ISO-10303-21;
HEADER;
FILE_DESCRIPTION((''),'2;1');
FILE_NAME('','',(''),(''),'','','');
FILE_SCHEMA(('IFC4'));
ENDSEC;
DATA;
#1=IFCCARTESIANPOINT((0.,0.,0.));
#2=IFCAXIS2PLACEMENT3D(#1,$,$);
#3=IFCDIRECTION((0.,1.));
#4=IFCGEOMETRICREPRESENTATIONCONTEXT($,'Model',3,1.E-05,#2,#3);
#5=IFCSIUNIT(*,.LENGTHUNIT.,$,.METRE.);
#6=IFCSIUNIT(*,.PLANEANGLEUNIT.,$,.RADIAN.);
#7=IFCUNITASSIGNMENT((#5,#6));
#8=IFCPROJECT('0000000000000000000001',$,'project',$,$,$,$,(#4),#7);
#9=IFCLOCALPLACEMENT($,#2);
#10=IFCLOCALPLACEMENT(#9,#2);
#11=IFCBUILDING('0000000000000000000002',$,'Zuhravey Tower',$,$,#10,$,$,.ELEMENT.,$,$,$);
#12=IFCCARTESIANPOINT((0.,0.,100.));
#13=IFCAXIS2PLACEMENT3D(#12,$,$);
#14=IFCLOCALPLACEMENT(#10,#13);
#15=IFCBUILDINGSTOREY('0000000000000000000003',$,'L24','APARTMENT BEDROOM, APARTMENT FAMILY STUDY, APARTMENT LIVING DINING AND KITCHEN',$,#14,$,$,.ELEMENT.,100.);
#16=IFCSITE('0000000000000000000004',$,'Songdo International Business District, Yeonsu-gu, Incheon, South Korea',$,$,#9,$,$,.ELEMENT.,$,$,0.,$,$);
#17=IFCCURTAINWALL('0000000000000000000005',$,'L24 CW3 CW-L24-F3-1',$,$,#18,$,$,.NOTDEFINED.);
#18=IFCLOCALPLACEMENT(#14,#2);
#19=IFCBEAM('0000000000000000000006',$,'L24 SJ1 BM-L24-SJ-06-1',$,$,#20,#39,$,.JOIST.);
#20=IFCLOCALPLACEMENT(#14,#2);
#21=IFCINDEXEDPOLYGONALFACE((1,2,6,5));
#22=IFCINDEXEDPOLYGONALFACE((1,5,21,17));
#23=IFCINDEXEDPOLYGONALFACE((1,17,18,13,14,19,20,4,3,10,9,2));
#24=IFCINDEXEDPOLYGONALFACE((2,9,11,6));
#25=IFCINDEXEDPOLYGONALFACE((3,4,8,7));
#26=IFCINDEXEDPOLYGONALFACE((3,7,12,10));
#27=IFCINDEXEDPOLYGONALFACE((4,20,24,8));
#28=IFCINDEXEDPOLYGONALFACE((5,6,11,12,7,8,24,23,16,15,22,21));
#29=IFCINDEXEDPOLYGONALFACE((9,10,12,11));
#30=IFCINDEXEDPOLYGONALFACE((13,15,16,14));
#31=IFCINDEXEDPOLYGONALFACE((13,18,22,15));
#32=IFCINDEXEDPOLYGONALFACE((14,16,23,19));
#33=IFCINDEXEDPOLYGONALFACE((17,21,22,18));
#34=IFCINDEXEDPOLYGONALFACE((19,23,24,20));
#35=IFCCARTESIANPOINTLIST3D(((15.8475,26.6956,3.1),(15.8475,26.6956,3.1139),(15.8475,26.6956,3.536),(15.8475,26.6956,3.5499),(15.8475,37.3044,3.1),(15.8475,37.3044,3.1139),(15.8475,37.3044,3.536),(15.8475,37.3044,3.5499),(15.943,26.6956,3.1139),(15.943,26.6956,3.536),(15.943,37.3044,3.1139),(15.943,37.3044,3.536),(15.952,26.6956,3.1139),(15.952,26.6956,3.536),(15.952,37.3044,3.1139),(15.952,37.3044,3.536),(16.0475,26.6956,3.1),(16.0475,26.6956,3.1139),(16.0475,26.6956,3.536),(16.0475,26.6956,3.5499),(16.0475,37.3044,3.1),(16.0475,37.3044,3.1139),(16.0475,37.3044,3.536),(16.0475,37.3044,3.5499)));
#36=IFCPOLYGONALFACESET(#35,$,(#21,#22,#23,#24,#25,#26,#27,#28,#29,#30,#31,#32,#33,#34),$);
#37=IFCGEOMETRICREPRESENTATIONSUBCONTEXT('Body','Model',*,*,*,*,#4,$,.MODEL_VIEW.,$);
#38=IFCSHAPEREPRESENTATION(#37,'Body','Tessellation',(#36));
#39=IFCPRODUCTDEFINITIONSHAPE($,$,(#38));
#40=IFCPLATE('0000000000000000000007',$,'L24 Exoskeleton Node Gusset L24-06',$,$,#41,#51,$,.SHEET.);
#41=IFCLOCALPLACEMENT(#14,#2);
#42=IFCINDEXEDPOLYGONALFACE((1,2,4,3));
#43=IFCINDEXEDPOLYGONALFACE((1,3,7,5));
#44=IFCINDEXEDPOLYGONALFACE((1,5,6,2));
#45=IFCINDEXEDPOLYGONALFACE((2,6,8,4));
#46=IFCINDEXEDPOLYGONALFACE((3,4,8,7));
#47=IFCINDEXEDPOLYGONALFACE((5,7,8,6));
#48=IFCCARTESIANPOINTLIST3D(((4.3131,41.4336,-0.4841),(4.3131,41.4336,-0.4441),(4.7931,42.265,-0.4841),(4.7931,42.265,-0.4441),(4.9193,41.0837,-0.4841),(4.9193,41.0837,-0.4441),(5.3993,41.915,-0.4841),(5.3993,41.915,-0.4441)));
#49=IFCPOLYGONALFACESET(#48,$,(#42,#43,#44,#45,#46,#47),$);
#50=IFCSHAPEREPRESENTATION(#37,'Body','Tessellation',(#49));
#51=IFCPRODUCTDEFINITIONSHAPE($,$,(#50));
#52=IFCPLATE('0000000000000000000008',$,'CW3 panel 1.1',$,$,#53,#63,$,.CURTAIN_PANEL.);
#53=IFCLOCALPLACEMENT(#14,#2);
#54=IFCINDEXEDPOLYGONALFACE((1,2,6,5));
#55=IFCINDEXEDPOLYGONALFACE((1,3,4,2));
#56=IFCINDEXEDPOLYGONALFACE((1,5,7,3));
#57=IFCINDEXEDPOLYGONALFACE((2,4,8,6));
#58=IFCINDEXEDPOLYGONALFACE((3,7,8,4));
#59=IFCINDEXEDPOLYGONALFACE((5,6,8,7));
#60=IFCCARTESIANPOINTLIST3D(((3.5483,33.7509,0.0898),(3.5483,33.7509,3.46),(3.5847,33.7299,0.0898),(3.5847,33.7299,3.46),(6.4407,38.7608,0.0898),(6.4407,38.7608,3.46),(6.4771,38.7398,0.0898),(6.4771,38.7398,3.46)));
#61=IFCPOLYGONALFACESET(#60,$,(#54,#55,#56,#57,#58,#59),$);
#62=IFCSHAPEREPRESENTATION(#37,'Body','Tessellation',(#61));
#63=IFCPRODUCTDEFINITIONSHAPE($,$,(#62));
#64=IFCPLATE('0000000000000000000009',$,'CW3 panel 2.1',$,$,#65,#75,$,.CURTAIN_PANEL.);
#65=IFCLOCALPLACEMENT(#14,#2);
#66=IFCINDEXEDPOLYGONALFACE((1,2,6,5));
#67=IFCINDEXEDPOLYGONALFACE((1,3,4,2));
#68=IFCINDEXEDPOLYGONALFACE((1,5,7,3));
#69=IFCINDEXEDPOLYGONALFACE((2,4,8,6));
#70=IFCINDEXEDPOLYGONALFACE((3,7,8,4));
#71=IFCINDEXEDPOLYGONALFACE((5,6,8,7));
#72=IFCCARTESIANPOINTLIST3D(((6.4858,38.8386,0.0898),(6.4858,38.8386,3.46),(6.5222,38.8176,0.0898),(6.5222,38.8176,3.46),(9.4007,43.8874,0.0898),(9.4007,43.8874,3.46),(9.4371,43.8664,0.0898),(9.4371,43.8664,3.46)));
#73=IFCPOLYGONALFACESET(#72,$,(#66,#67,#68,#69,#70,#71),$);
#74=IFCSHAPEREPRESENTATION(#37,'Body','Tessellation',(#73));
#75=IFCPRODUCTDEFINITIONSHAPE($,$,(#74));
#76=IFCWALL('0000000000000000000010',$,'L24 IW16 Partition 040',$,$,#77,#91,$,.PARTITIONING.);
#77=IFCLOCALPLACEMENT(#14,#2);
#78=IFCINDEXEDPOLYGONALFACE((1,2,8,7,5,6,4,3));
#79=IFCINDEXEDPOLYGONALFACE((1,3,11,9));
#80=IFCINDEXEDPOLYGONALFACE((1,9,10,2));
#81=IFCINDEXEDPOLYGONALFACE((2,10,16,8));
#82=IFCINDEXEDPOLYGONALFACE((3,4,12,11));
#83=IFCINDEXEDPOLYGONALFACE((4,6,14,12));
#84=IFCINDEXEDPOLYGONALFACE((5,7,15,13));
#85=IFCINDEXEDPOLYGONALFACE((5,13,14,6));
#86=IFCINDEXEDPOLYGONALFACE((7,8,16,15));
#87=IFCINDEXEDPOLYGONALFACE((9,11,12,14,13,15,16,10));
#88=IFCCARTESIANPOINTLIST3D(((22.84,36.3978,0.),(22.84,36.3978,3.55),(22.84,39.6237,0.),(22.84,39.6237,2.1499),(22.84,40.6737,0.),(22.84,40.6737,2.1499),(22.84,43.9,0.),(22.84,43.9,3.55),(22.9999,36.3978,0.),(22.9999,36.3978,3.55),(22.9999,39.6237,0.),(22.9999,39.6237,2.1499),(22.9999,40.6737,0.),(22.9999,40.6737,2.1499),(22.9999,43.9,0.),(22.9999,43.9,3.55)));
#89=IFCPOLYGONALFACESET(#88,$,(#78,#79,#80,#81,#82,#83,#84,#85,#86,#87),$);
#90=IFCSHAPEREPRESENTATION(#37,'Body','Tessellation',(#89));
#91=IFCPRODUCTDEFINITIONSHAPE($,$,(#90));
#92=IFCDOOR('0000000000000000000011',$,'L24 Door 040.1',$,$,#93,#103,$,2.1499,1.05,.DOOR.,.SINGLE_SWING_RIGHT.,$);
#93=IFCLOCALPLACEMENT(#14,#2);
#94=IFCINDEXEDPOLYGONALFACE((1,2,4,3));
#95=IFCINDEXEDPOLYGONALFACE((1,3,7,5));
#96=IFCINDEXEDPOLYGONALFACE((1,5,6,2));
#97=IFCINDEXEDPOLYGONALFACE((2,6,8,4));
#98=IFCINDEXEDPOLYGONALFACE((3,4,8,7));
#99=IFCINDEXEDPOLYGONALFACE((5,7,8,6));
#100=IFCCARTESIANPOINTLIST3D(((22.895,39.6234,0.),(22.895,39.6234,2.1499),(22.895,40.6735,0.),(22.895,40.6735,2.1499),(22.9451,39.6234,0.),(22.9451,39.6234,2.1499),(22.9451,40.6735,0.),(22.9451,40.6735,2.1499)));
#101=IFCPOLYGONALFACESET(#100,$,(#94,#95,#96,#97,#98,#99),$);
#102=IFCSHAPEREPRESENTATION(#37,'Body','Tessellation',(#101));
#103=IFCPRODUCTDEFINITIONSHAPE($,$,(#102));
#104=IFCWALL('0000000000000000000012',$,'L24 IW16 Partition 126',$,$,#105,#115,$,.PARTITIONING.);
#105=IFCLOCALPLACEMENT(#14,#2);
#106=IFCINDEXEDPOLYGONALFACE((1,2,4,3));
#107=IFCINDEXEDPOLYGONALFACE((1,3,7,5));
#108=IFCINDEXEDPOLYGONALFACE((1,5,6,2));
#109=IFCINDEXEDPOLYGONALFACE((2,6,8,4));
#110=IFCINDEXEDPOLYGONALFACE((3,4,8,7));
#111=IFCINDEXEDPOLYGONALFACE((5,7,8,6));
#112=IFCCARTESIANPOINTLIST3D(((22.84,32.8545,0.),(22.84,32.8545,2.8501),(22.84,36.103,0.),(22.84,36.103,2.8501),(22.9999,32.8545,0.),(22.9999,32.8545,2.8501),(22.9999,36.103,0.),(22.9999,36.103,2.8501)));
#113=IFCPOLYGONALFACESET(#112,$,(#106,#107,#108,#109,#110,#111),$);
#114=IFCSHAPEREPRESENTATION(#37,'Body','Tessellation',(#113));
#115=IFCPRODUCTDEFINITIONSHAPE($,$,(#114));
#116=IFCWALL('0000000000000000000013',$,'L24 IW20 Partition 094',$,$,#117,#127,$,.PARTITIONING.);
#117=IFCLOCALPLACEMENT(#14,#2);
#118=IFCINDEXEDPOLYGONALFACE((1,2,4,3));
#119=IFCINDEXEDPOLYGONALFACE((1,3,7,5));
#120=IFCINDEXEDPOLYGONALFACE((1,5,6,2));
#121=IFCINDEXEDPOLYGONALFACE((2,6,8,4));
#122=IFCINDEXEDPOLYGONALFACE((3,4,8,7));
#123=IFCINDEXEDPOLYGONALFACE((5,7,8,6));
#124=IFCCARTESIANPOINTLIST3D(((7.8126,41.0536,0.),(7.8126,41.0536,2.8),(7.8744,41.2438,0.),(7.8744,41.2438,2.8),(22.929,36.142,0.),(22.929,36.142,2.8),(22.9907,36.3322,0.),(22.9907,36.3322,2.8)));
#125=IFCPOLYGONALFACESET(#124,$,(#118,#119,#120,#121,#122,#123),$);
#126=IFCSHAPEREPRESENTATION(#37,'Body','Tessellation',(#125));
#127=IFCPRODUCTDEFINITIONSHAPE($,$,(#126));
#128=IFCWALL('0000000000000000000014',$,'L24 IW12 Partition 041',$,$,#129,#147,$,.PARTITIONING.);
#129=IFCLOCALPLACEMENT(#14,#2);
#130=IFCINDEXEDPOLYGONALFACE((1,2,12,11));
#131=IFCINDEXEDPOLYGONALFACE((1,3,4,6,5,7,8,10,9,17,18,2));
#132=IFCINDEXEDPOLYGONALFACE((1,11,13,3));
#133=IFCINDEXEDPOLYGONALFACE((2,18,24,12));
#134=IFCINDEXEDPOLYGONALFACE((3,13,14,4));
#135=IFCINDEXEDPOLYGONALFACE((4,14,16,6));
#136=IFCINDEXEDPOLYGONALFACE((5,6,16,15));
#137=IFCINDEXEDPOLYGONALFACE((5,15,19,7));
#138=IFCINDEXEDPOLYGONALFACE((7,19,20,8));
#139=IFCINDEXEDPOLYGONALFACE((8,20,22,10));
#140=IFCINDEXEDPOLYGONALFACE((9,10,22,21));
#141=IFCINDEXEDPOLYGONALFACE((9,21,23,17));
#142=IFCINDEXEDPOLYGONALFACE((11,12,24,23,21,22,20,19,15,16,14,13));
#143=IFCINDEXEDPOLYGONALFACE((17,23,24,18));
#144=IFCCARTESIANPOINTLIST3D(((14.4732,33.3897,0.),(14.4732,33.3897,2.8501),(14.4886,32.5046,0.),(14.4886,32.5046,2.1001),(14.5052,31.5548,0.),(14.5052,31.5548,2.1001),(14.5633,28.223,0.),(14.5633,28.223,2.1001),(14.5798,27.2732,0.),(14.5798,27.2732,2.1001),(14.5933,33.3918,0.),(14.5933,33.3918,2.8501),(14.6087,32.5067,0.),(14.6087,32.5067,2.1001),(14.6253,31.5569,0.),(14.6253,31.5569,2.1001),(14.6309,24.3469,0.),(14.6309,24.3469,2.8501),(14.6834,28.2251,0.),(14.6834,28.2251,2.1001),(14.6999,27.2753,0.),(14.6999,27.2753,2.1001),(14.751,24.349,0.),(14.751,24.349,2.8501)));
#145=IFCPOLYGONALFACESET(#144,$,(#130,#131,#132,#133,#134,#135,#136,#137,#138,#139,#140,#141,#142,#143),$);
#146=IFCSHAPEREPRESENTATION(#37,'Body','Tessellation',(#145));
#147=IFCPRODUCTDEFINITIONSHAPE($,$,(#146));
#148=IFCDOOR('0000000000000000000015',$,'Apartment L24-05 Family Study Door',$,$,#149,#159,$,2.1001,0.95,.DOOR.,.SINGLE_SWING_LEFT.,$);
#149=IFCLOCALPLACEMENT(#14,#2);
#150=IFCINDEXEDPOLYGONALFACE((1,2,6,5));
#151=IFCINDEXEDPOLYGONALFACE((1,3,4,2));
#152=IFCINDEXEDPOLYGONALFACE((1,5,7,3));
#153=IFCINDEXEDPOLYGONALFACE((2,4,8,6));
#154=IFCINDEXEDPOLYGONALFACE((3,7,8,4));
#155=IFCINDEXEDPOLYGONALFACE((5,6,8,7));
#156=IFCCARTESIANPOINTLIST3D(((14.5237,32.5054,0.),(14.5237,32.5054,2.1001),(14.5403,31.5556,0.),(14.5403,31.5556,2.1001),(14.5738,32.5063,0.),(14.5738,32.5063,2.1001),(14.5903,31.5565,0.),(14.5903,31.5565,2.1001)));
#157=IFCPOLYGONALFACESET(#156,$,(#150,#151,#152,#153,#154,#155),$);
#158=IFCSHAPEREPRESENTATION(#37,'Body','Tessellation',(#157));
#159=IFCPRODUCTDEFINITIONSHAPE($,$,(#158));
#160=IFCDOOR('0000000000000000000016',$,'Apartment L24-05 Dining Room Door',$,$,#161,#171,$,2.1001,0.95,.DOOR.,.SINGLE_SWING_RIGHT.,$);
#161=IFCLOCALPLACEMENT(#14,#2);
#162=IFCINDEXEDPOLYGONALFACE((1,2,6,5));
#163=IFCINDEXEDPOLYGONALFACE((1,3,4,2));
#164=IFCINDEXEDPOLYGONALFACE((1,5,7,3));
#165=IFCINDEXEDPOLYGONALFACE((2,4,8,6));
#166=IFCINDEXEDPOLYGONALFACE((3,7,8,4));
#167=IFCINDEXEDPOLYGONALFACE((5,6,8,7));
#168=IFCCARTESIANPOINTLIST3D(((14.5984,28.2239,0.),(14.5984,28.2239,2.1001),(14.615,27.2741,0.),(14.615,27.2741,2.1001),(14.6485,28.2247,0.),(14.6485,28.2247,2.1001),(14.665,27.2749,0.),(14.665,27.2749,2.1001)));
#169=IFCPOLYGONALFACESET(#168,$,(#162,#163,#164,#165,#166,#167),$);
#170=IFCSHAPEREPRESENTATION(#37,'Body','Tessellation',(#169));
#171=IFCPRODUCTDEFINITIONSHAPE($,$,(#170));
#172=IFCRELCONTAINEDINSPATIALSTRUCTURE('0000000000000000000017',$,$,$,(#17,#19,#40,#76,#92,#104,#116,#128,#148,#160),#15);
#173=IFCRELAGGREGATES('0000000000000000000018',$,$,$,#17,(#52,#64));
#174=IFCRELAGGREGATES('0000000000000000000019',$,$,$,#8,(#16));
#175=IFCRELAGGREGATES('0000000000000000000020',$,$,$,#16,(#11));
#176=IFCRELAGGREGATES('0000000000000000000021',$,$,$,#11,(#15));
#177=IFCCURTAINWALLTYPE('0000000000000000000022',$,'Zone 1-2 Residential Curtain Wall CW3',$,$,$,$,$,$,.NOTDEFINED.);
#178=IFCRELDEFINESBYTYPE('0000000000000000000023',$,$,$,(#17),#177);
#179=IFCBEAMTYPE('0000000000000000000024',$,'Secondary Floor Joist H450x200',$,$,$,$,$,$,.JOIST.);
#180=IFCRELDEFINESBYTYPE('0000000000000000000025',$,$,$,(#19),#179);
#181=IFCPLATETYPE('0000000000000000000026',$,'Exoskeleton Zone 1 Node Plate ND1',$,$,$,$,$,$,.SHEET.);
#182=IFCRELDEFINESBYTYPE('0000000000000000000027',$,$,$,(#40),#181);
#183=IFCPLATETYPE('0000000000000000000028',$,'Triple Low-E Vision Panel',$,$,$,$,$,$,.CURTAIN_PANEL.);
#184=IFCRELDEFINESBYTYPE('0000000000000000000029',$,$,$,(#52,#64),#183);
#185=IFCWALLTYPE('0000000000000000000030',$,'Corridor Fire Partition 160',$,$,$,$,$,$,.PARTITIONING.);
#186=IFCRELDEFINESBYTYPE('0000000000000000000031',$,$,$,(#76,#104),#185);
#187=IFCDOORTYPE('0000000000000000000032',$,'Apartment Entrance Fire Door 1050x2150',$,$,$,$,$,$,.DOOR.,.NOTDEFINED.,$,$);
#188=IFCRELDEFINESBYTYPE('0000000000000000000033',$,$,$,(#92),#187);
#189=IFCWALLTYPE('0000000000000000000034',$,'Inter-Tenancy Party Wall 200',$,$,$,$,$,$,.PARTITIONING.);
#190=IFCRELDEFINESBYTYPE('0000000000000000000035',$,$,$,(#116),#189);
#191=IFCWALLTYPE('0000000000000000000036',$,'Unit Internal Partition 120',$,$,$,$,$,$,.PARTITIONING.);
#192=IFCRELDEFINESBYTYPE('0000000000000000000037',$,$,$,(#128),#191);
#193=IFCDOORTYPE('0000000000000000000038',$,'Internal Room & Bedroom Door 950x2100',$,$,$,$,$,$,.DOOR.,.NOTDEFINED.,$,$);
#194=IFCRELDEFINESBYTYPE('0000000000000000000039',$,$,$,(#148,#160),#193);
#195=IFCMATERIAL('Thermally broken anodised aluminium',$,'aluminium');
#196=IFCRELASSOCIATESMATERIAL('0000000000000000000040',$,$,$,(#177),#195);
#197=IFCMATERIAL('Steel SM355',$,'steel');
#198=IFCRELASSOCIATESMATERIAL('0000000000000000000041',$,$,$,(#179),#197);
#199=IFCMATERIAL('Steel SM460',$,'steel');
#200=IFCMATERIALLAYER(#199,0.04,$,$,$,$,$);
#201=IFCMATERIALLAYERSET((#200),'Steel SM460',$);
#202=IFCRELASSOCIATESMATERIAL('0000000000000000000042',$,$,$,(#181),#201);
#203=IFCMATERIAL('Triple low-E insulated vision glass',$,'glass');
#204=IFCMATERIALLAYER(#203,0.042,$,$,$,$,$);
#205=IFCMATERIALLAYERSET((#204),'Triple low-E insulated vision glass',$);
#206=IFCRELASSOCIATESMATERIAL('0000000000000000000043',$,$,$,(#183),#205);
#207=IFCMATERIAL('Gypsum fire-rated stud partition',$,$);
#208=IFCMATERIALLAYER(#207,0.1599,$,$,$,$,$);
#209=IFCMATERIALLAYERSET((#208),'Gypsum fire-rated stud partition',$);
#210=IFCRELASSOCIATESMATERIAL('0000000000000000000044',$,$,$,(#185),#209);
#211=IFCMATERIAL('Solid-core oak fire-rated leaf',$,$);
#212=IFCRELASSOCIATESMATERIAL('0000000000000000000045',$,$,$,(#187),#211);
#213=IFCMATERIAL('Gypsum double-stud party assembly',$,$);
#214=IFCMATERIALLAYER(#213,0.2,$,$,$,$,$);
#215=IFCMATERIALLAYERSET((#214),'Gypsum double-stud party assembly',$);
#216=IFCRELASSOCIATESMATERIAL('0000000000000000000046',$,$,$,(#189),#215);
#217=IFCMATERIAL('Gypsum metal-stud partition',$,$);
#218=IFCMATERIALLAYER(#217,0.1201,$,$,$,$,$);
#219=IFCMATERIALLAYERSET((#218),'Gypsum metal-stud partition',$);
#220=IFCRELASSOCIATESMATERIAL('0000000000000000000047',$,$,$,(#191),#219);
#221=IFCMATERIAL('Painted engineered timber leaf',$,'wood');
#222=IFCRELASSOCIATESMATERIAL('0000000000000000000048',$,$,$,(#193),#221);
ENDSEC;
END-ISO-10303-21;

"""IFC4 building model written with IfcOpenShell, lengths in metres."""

from ifc_helpers import new_model, si_unit, direction, frame, frame_2d, origin, origin_2d, place, context, subcontext, project, spatial, rectangle, i_section, extrude, material, layer, layer_set, material_profile, profile_set, type_object, element, fill, aggregate, save


model = new_model("IFC4")

# Units and contexts
model_context = context("Model", 3, precision=1e-05, world=origin(), true_north=direction((0.0, 1.0)))
body_context = subcontext(model_context, "Body", "Model", "MODEL_VIEW")
ifc_project = project(units=[si_unit("LENGTHUNIT", "METRE"), si_unit("PLANEANGLEUNIT", "RADIAN")], contexts=[model_context])

# Site, building, storey
site_placement = place(None, origin())
site = spatial("IfcSite", under=ifc_project, at=site_placement, Name="Songdo International Business District, Yeonsu-gu, Incheon, South Korea", CompositionType="ELEMENT", RefElevation=0.0)
building_placement = place(site_placement, origin())
building = spatial("IfcBuilding", under=site, at=building_placement, Name="Zuhravey Tower", CompositionType="ELEMENT")
storey_placement = place(building_placement, frame((0.0, 0.0, 100.0)))
storey = spatial("IfcBuildingStorey", under=building, at=storey_placement, Name="L24", Description="APARTMENT BEDROOM, APARTMENT FAMILY STUDY, APARTMENT LIVING DINING AND KITCHEN", CompositionType="ELEMENT", Elevation=100.0)

# Curtain wall
ifc_material_1 = material(Name="Thermally broken anodised aluminium", Category="aluminium")
curtain_wall_type = type_object("IfcCurtainWallType", Name="Zone 1-2 Residential Curtain Wall CW3", PredefinedType="NOTDEFINED", material=ifc_material_1)
curtain_wall_placement = place(storey_placement, origin())
curtain_wall = element("IfcCurtainWall", 1, at=curtain_wall_placement, inside=storey, type_object=curtain_wall_type, Name="L24 CW3 CW-L24-F3-1", PredefinedType="NOTDEFINED")

# Shared definitions
ifc_material_2 = material(Name="Steel SM460", Category="steel")

# Beam
ifc_material_3 = material(Name="Steel SM355", Category="steel")
ifc_material_profile_1 = material_profile(ifc_material_3, i_section(OverallWidth=0.2, OverallDepth=0.45, WebThickness=0.009, FlangeThickness=0.0139, at=origin_2d()), Name="H-450x200x9x14")
ifc_profile_set_1 = profile_set([ifc_material_profile_1], Name="Steel SM355")
beam_type_1 = type_object("IfcBeamType", Name="Secondary Floor Joist H450x200", PredefinedType="JOIST", material=ifc_profile_set_1)
beam_1_placement = place(storey_placement, frame((15.9475, 37.3044, 3.325), z_axis=(0.0, -1.0, 0.0), x_axis=(1.0, 0.0, 0.0)))
element("IfcBeam", 2, at=beam_1_placement, inside=storey, type_object=beam_type_1, Name="L24 SJ1 BM-L24-SJ-06-1", PredefinedType="JOIST", context=body_context, shape_type="SweptSolid", body=[
    extrude(i_section(OverallWidth=0.2, OverallDepth=0.45, WebThickness=0.009, FlangeThickness=0.0139, at=origin_2d()), origin(), (0.0, 0.0, 1.0), 10.6089),
])

# Plates
ifc_layer_1 = layer(ifc_material_2, 0.04)
ifc_layer_set_1 = layer_set([ifc_layer_1], Name="Steel SM460")
plate_type_1 = type_object("IfcPlateType", Name="Exoskeleton Zone 1 Node Plate ND1", PredefinedType="SHEET", material=ifc_layer_set_1)
plate_1_placement = place(storey_placement, frame((4.8562, 41.6743, -0.4841), z_axis=(0.0, 0.0, 1.0), x_axis=(-0.5, -0.866025, 0.0)))
element("IfcPlate", 3, at=plate_1_placement, inside=storey, type_object=plate_type_1, Name="L24 Exoskeleton Node Gusset L24-06", PredefinedType="SHEET", context=body_context, shape_type="SweptSolid", body=[
    extrude(rectangle(XDim=0.96, YDim=0.7, at=origin_2d()), origin(), (0.0, 0.0, 1.0), 0.04),
])
ifc_material_4 = material(Name="Triple low-E insulated vision glass", Category="glass")
ifc_layer_2 = layer(ifc_material_4, 0.042)
ifc_layer_set_2 = layer_set([ifc_layer_2], Name="Triple low-E insulated vision glass")
plate_type_2 = type_object("IfcPlateType", Name="Triple Low-E Vision Panel", PredefinedType="CURTAIN_PANEL", material=ifc_layer_set_2)
plate_2_placement = place(storey_placement, frame((5.0127, 36.2454, 0.0898), z_axis=(0.0, 0.0, 1.0), x_axis=(0.5, 0.866026, 0.0)))
plate_2 = element("IfcPlate", 4, at=plate_2_placement, type_object=plate_type_2, Name="CW3 panel 1.1", PredefinedType="CURTAIN_PANEL", context=body_context, shape_type="SweptSolid", body=[
    extrude(rectangle(XDim=5.7849, YDim=0.042, at=origin_2d()), origin(), (0.0, 0.0, 1.0), 3.3701),
])
plate_3_placement = place(storey_placement, frame((7.9614, 41.3525, 0.0898), z_axis=(0.0, 0.0, 1.0), x_axis=(0.5, 0.866026, 0.0)))
plate_3 = element("IfcPlate", 5, at=plate_3_placement, type_object=plate_type_2, Name="CW3 panel 2.1", PredefinedType="CURTAIN_PANEL", context=body_context, shape_type="SweptSolid", body=[
    extrude(rectangle(XDim=5.8298, YDim=0.042, at=origin_2d()), origin(), (0.0, 0.0, 1.0), 3.3701),
])
aggregate(curtain_wall, [plate_2, plate_3])

# Wall, opening, door
ifc_material_5 = material(Name="Gypsum fire-rated stud partition")
ifc_layer_3 = layer(ifc_material_5, 0.1599)
ifc_layer_set_3 = layer_set([ifc_layer_3], Name="Gypsum fire-rated stud partition")
wall_type_1 = type_object("IfcWallType", Name="Corridor Fire Partition 160", PredefinedType="PARTITIONING", material=ifc_layer_set_3)
wall_1_placement = place(storey_placement, frame((22.9199, 43.8999, 0.0), z_axis=(0.0, 0.0, 1.0), x_axis=(0.0, -1.0, 0.0)))
wall_1 = element("IfcWall", 6, at=wall_1_placement, inside=storey, type_object=wall_type_1, Name="L24 IW16 Partition 040", PredefinedType="PARTITIONING", context=body_context, shape_type="SweptSolid", body=[
    extrude(rectangle(XDim=7.5022, YDim=0.1599, at=frame_2d((3.751, 0.0))), origin(), (0.0, 0.0, 1.0), 3.55),
])
opening_1_placement = place(wall_1_placement, frame((3.2263, 0.0, 0.0)))
opening_1 = element("IfcOpeningElement", 7, at=opening_1_placement, cuts=wall_1, PredefinedType="OPENING", context=body_context, shape_type="SweptSolid", body=[
    extrude(rectangle(XDim=1.05, YDim=2.1499, at=frame_2d((0.5249, 1.075))), frame((0.0, 0.092, 0.0), z_axis=(0.0, -1.0, 0.0), x_axis=(1.0, 0.0, 0.0)), (0.0, 0.0, 1.0), 0.1838),
])
ifc_material_6 = material(Name="Solid-core oak fire-rated leaf")
door_type_1 = type_object("IfcDoorType", Name="Apartment Entrance Fire Door 1050x2150", OperationType="NOTDEFINED", PredefinedType="DOOR", material=ifc_material_6)
door_1_placement = place(opening_1_placement, frame((1.05, 0.0, 0.0), z_axis=(0.0, 0.0, 1.0), x_axis=(-1.0, 0.0, 0.0)))
door_1 = element("IfcDoor", 8, at=door_1_placement, inside=storey, type_object=door_type_1, Name="L24 Door 040.1", OperationType="SINGLE_SWING_RIGHT", OverallHeight=2.1499, OverallWidth=1.05, PredefinedType="DOOR", context=body_context, shape_type="SweptSolid", body=[
    extrude(rectangle(XDim=1.05, YDim=2.1499, at=frame_2d((0.5249, 1.075))), frame((0.0, 0.0249, 0.0), z_axis=(0.0, -1.0, 0.0), x_axis=(1.0, 0.0, 0.0)), (0.0, 0.0, 1.0), 0.05),
])
fill(opening_1, door_1)

# Walls
wall_2_placement = place(storey_placement, frame((22.9199, 36.103, 0.0), z_axis=(0.0, 0.0, 1.0), x_axis=(0.0, -1.0, 0.0)))
element("IfcWall", 9, at=wall_2_placement, inside=storey, type_object=wall_type_1, Name="L24 IW16 Partition 126", PredefinedType="PARTITIONING", context=body_context, shape_type="SweptSolid", body=[
    extrude(rectangle(XDim=3.2485, YDim=0.1599, at=frame_2d((1.6243, 0.0))), origin(), (0.0, 0.0, 1.0), 2.8501),
])
ifc_material_7 = material(Name="Gypsum double-stud party assembly")
ifc_layer_4 = layer(ifc_material_7, 0.2)
ifc_layer_set_4 = layer_set([ifc_layer_4], Name="Gypsum double-stud party assembly")
wall_type_2 = type_object("IfcWallType", Name="Inter-Tenancy Party Wall 200", PredefinedType="PARTITIONING", material=ifc_layer_set_4)
wall_3_placement = place(storey_placement, frame((22.96, 36.2371, 0.0), z_axis=(0.0, 0.0, 1.0), x_axis=(-0.951057, 0.309016, 0.0)))
element("IfcWall", 10, at=wall_3_placement, inside=storey, type_object=wall_type_2, Name="L24 IW20 Partition 094", PredefinedType="PARTITIONING", context=body_context, shape_type="SweptSolid", body=[
    extrude(rectangle(XDim=15.8943, YDim=0.2, at=frame_2d((7.9473, 0.0))), origin(), (0.0, 0.0, 1.0), 2.8),
])

# Wall, openings, doors
ifc_material_8 = material(Name="Gypsum metal-stud partition")
ifc_layer_5 = layer(ifc_material_8, 0.1201)
ifc_layer_set_5 = layer_set([ifc_layer_5], Name="Gypsum metal-stud partition")
wall_type_3 = type_object("IfcWallType", Name="Unit Internal Partition 120", PredefinedType="PARTITIONING", material=ifc_layer_set_5)
wall_4_placement = place(storey_placement, frame((14.5332, 33.3906, 0.0), z_axis=(0.0, 0.0, 1.0), x_axis=(0.017438, -0.999848, 0.0)))
wall_4 = element("IfcWall", 11, at=wall_4_placement, inside=storey, type_object=wall_type_3, Name="L24 IW12 Partition 041", PredefinedType="PARTITIONING", context=body_context, shape_type="SweptSolid", body=[
    extrude(rectangle(XDim=9.0442, YDim=0.1201, at=frame_2d((4.522, 0.0))), origin(), (0.0, 0.0, 1.0), 2.8501),
])
opening_2_placement = place(wall_4_placement, frame((0.885, 0.0, 0.0)))
opening_2 = element("IfcOpeningElement", 12, at=opening_2_placement, cuts=wall_4, PredefinedType="OPENING", context=body_context, shape_type="SweptSolid", body=[
    extrude(rectangle(XDim=0.95, YDim=2.1001, at=frame_2d((0.4751, 1.05))), frame((0.0, 0.072, 0.0), z_axis=(0.0, -1.0, 0.0), x_axis=(1.0, 0.0, 0.0)), (0.0, 0.0, 1.0), 0.144),
])
opening_3_placement = place(wall_4_placement, frame((5.1672, 0.0, 0.0)))
opening_3 = element("IfcOpeningElement", 13, at=opening_3_placement, cuts=wall_4, PredefinedType="OPENING", context=body_context, shape_type="SweptSolid", body=[
    extrude(rectangle(XDim=0.95, YDim=2.1001, at=frame_2d((0.4751, 1.05))), frame((0.0, 0.072, 0.0), z_axis=(0.0, -1.0, 0.0), x_axis=(1.0, 0.0, 0.0)), (0.0, 0.0, 1.0), 0.144),
])
ifc_material_9 = material(Name="Painted engineered timber leaf", Category="wood")
door_type_2 = type_object("IfcDoorType", Name="Internal Room & Bedroom Door 950x2100", OperationType="NOTDEFINED", PredefinedType="DOOR", material=ifc_material_9)
door_2_placement = place(opening_2_placement, frame((0.95, 0.0, 0.0), z_axis=(0.0, 0.0, 1.0), x_axis=(-1.0, 0.0, 0.0)))
door_2 = element("IfcDoor", 14, at=door_2_placement, inside=storey, type_object=door_type_2, Name="Apartment L24-05 Family Study Door", OperationType="SINGLE_SWING_LEFT", OverallHeight=2.1001, OverallWidth=0.95, PredefinedType="DOOR", context=body_context, shape_type="SweptSolid", body=[
    extrude(rectangle(XDim=0.95, YDim=2.1001, at=frame_2d((0.4751, 1.05))), frame((0.0, 0.0249, 0.0), z_axis=(0.0, -1.0, 0.0), x_axis=(1.0, 0.0, 0.0)), (0.0, 0.0, 1.0), 0.05),
])
fill(opening_2, door_2)
door_3_placement = place(opening_3_placement, frame((0.95, 0.0, 0.0), z_axis=(0.0, 0.0, 1.0), x_axis=(-1.0, 0.0, 0.0)))
door_3 = element("IfcDoor", 15, at=door_3_placement, inside=storey, type_object=door_type_2, Name="Apartment L24-05 Dining Room Door", OperationType="SINGLE_SWING_RIGHT", OverallHeight=2.1001, OverallWidth=0.95, PredefinedType="DOOR", context=body_context, shape_type="SweptSolid", body=[
    extrude(rectangle(XDim=0.95, YDim=2.1001, at=frame_2d((0.4751, 1.05))), frame((0.0, 0.0249, 0.0), z_axis=(0.0, -1.0, 0.0), x_axis=(1.0, 0.0, 0.0)), (0.0, 0.0, 1.0), 0.05),
])
fill(opening_3, door_3)

save(model, "model.ifc")
